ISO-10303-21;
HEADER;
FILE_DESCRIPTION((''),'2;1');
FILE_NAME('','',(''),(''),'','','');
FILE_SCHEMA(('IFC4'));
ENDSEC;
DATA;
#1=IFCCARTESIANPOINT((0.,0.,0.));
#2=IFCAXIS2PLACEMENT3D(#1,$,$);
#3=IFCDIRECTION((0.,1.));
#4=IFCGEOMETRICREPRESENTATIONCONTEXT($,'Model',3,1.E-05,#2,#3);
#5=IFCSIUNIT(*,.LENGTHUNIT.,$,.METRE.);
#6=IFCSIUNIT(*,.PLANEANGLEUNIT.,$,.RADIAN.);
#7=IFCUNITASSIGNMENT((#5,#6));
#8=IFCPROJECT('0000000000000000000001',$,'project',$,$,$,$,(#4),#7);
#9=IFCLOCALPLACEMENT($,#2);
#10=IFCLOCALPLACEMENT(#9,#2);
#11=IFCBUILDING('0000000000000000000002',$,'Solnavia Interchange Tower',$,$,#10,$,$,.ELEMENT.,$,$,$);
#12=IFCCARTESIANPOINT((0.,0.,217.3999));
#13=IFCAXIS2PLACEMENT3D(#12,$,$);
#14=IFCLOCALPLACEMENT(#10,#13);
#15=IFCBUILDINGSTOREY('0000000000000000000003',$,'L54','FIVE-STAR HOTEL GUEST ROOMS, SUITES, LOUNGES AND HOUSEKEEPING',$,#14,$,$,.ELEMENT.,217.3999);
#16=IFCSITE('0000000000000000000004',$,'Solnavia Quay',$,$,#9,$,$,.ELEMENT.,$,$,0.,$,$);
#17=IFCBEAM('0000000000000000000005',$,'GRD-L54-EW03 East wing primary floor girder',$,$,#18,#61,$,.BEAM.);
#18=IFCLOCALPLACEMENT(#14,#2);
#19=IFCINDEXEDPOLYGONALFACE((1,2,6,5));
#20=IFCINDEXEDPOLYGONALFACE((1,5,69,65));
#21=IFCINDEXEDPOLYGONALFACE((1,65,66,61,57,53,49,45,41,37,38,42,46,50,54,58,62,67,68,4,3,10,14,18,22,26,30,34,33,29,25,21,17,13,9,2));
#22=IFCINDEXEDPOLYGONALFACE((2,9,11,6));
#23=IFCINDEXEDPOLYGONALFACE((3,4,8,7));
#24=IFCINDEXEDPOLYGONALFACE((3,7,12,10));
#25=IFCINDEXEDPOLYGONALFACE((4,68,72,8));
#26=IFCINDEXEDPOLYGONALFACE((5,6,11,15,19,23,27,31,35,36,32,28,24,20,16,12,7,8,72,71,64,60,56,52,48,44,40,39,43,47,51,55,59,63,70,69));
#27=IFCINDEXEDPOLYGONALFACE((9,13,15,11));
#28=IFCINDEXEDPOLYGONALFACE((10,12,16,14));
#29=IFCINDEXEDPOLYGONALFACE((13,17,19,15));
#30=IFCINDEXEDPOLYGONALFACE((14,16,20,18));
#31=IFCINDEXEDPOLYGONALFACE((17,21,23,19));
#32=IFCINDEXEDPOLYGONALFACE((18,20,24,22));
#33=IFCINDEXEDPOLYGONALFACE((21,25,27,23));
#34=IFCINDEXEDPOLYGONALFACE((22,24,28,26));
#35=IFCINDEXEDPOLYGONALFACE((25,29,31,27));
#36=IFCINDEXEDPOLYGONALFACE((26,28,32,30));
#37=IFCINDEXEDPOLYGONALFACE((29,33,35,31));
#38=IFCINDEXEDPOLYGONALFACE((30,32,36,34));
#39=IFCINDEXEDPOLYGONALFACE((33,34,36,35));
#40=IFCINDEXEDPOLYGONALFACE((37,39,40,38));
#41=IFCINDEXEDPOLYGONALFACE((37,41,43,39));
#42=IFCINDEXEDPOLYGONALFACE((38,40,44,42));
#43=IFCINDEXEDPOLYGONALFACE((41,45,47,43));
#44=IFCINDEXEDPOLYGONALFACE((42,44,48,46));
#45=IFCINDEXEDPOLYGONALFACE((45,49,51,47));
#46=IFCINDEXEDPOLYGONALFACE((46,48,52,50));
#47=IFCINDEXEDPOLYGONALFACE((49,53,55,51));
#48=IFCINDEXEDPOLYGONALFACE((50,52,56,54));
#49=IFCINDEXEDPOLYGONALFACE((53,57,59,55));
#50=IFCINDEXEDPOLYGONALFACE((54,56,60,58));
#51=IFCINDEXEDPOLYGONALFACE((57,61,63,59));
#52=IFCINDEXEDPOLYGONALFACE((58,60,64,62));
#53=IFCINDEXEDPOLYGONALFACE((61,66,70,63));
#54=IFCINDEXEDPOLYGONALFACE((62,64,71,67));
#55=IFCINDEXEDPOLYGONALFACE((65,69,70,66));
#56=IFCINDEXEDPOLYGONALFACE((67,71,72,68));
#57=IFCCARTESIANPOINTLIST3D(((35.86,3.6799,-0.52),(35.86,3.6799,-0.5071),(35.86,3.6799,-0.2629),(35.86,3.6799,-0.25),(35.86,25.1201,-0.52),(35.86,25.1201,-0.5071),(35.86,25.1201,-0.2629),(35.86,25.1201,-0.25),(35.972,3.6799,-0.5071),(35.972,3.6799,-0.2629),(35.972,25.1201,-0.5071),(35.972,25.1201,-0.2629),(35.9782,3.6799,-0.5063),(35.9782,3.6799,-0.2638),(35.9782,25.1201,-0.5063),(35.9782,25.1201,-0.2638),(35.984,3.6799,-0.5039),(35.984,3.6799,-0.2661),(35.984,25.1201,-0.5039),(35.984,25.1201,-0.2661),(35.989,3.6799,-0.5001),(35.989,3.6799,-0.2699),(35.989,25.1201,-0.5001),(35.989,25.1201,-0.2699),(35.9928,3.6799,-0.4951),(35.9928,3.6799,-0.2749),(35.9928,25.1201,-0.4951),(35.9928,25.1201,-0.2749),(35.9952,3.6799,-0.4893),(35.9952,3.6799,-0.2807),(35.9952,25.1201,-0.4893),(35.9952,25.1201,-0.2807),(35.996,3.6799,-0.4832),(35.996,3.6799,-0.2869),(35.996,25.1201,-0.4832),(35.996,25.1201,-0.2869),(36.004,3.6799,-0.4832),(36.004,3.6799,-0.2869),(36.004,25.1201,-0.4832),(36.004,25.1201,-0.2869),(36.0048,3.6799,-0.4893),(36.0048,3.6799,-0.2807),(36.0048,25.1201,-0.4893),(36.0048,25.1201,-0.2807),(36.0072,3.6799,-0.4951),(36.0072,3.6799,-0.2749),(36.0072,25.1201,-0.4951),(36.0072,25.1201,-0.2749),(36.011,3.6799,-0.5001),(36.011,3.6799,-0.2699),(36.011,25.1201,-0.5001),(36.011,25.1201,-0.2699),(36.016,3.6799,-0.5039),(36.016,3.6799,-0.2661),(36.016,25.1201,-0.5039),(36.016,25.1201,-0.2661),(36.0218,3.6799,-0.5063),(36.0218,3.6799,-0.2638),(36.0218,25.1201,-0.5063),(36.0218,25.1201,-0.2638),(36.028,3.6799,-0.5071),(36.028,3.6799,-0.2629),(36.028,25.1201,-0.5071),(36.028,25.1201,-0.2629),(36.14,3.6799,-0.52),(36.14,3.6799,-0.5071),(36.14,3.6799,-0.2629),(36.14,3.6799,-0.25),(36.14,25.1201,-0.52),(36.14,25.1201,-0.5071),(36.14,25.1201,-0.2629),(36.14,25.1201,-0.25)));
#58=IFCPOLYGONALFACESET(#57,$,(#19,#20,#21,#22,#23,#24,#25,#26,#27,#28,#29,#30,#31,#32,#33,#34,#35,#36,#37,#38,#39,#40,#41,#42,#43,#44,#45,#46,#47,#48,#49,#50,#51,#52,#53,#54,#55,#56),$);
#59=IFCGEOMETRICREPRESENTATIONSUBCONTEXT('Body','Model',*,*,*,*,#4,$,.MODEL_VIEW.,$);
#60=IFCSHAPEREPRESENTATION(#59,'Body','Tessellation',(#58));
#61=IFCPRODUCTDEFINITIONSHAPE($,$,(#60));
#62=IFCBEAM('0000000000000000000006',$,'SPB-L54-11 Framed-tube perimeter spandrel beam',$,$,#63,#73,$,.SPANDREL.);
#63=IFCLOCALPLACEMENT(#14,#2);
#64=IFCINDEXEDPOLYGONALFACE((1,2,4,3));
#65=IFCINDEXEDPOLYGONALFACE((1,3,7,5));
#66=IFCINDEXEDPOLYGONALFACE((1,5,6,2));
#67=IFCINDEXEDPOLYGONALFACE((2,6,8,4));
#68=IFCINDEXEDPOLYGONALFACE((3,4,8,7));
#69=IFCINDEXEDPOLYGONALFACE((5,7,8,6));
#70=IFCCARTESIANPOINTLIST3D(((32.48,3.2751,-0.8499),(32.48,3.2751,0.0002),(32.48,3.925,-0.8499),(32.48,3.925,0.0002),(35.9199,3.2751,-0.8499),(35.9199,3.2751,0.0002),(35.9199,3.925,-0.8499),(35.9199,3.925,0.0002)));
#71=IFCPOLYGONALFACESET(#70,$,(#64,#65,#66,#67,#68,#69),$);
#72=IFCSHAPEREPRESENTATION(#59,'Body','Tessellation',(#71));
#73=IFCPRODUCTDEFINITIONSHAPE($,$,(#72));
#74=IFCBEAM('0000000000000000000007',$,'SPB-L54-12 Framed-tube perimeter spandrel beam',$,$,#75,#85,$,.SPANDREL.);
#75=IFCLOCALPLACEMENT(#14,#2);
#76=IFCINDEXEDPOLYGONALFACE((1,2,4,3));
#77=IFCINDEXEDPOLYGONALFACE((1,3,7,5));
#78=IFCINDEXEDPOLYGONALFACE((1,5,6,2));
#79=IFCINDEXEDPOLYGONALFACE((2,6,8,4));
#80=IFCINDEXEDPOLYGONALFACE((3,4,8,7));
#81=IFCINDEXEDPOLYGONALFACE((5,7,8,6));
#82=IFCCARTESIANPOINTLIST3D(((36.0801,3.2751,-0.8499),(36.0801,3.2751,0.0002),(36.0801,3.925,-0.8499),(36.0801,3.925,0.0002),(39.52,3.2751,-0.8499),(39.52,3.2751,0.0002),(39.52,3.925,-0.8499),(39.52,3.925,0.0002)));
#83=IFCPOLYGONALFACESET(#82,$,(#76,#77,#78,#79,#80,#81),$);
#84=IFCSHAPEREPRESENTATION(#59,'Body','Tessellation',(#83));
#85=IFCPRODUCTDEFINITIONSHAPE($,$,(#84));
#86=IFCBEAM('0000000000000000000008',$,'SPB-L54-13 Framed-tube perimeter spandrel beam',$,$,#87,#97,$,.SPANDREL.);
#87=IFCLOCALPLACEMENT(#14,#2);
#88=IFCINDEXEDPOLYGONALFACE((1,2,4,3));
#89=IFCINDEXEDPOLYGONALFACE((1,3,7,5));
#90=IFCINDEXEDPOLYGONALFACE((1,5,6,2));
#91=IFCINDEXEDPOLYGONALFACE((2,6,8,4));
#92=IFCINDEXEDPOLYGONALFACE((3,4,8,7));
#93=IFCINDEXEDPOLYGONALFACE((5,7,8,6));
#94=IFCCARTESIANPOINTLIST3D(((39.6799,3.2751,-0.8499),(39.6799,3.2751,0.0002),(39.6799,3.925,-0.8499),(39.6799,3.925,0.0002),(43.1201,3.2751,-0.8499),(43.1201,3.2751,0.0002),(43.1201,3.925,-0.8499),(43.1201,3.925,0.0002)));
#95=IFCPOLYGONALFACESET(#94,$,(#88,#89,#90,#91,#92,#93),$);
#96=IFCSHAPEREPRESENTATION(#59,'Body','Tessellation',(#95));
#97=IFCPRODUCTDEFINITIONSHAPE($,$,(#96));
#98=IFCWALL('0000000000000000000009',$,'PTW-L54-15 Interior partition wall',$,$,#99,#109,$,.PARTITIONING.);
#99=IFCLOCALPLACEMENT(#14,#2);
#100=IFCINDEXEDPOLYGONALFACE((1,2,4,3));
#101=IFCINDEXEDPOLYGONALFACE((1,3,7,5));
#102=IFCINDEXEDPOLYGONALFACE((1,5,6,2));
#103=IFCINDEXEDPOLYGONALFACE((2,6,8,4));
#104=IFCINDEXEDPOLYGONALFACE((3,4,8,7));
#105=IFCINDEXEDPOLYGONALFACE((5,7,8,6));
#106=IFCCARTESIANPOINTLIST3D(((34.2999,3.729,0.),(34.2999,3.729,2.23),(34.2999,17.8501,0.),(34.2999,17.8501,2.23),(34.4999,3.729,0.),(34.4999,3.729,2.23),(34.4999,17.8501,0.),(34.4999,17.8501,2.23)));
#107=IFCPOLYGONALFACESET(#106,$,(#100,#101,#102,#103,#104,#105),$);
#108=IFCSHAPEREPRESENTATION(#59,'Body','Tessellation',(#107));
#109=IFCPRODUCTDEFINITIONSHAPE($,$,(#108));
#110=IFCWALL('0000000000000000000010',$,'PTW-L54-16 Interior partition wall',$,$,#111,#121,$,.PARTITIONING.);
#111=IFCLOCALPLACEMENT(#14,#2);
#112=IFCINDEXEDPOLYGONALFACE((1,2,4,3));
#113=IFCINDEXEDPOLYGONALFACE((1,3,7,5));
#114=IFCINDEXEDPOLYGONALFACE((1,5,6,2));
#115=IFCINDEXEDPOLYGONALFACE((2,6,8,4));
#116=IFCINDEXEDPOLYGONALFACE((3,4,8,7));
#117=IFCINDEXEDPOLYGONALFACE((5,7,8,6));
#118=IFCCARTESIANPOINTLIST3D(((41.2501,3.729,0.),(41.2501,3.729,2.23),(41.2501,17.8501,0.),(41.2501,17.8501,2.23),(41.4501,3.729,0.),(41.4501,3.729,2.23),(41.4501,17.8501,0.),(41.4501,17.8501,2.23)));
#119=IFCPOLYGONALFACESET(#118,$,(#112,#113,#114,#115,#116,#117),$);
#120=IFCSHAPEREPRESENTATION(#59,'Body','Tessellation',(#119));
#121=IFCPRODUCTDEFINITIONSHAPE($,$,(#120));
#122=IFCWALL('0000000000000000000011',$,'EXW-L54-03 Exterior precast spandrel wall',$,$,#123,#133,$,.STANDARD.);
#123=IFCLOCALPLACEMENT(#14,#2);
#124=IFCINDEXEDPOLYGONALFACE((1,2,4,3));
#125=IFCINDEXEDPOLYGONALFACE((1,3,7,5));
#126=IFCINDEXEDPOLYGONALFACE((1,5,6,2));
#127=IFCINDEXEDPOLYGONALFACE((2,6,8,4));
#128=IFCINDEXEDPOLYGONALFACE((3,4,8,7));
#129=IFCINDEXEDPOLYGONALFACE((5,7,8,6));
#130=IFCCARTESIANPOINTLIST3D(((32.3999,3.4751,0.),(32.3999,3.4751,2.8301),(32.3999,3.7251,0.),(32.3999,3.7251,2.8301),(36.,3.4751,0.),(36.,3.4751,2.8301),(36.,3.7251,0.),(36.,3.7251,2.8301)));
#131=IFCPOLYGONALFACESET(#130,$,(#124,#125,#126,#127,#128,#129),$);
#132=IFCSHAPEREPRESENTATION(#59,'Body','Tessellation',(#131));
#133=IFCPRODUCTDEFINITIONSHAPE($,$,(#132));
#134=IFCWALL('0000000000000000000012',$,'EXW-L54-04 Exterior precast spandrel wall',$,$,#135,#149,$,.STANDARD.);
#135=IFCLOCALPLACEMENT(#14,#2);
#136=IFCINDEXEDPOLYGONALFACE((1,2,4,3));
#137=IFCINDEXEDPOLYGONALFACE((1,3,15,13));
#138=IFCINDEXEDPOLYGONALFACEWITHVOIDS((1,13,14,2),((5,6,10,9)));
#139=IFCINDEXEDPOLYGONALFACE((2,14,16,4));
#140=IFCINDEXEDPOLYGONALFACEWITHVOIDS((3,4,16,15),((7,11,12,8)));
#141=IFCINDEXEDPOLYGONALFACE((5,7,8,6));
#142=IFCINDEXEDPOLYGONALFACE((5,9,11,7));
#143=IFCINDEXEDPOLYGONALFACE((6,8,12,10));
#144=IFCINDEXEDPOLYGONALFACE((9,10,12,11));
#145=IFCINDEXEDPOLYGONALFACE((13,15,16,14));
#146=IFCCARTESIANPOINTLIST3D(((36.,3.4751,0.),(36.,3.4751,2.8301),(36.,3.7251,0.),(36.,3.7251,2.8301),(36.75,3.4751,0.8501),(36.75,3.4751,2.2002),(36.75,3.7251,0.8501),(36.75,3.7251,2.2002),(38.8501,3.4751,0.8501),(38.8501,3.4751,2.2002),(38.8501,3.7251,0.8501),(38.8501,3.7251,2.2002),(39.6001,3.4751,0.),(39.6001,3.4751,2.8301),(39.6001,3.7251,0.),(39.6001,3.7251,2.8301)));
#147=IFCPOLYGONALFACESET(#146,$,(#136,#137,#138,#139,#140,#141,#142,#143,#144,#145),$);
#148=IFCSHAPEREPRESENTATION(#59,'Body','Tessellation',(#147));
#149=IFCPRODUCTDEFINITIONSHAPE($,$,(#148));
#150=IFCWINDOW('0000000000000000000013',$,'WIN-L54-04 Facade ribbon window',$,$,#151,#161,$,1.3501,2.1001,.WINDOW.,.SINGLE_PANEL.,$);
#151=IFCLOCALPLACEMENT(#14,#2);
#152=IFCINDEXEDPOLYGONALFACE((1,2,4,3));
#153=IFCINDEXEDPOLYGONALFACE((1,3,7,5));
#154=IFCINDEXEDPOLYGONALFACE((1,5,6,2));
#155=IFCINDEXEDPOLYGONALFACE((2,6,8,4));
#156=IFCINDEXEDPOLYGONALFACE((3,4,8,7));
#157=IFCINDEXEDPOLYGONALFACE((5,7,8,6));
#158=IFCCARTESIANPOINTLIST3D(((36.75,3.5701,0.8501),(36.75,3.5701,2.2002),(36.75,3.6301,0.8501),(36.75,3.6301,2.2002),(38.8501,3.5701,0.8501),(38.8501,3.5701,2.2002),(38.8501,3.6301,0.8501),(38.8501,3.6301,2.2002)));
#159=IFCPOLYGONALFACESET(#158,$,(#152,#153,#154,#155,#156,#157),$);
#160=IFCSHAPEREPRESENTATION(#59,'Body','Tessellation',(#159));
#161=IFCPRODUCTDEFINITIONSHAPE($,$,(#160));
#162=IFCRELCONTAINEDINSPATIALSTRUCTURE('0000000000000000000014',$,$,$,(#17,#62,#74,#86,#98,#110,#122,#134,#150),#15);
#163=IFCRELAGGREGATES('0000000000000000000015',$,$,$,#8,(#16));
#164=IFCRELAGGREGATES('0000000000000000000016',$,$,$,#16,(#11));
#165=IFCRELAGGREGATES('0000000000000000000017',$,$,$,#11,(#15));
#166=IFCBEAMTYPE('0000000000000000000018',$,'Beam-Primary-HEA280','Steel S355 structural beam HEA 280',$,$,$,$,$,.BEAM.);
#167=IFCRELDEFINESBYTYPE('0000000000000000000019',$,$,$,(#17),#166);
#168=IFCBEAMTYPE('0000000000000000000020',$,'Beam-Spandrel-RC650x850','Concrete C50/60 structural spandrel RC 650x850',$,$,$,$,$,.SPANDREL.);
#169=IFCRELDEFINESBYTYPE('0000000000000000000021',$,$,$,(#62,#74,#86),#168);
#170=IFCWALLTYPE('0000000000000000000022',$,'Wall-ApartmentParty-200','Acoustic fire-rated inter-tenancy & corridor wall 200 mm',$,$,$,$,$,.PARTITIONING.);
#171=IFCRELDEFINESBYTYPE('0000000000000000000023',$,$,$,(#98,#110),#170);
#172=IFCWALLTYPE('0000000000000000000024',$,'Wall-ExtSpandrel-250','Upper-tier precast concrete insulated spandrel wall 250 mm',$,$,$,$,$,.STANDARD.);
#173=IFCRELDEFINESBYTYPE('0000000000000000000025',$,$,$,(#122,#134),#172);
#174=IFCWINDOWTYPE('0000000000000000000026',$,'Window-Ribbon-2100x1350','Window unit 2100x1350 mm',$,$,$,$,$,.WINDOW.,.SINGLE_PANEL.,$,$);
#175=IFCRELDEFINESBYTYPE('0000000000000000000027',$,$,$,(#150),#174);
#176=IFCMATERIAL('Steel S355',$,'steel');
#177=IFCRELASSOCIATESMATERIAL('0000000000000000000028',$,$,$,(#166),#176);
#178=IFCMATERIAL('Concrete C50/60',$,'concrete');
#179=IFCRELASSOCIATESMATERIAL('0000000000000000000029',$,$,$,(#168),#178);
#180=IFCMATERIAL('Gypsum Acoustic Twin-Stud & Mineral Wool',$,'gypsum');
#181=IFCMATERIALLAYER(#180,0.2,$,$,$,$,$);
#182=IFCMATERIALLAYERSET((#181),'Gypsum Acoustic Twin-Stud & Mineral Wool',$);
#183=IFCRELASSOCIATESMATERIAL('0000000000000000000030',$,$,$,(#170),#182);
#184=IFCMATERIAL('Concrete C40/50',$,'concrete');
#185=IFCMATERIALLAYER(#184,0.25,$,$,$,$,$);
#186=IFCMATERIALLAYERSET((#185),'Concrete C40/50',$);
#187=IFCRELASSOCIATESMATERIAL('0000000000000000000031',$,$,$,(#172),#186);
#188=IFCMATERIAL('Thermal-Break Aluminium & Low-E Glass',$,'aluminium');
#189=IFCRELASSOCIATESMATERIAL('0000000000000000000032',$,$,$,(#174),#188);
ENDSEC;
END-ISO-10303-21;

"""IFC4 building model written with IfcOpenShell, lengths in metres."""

from ifc_helpers import new_model, si_unit, direction, frame, frame_2d, origin, origin_2d, place, context, subcontext, project, spatial, rectangle, i_section, extrude, material, layer, layer_set, material_profile, profile_set, type_object, element, fill, save


model = new_model("IFC4")

# Units and contexts
model_context = context("Model", 3, precision=1e-05, world=origin(), true_north=direction((0.0, 1.0)))
body_context = subcontext(model_context, "Body", "Model", "MODEL_VIEW")
ifc_project = project(units=[si_unit("LENGTHUNIT", "METRE"), si_unit("PLANEANGLEUNIT", "RADIAN")], contexts=[model_context])

# Site, building, storey
site_placement = place(None, origin())
site = spatial("IfcSite", under=ifc_project, at=site_placement, Name="Solnavia Quay", CompositionType="ELEMENT", RefElevation=0.0)
building_placement = place(site_placement, origin())
building = spatial("IfcBuilding", under=site, at=building_placement, Name="Solnavia Interchange Tower", CompositionType="ELEMENT")
storey_placement = place(building_placement, frame((0.0, 0.0, 217.3999)))
storey = spatial("IfcBuildingStorey", under=building, at=storey_placement, Name="L54", Description="FIVE-STAR HOTEL GUEST ROOMS, SUITES, LOUNGES AND HOUSEKEEPING", CompositionType="ELEMENT", Elevation=217.3999)

# Shared definitions
ifc_material_1 = material(Name="Concrete C50/60", Category="concrete")

# Beams
ifc_material_2 = material(Name="Steel S355", Category="steel")
ifc_material_profile_1 = material_profile(ifc_material_2, i_section(OverallWidth=0.28, OverallDepth=0.27, WebThickness=0.0081, FlangeThickness=0.0129, FilletRadius=0.0239, at=origin_2d()), Name="HEA 280")
ifc_profile_set_1 = profile_set([ifc_material_profile_1], Name="Steel S355")
beam_type_1 = type_object("IfcBeamType", Name="Beam-Primary-HEA280", Description="Steel S355 structural beam HEA 280", PredefinedType="BEAM", material=ifc_profile_set_1)
beam_1_placement = place(storey_placement, frame((36.0, 3.6799, -0.385), z_axis=(0.0, 1.0, 0.0), x_axis=(-1.0, 0.0, 0.0)))
element("IfcBeam", 1, at=beam_1_placement, inside=storey, type_object=beam_type_1, Name="GRD-L54-EW03 East wing primary floor girder", PredefinedType="BEAM", context=body_context, shape_type="SweptSolid", body=[
    extrude(i_section(OverallWidth=0.28, OverallDepth=0.27, WebThickness=0.0081, FlangeThickness=0.0129, FilletRadius=0.0239, at=origin_2d()), origin(), (0.0, 0.0, 1.0), 21.4402),
])
ifc_material_profile_2 = material_profile(ifc_material_1, rectangle(XDim=0.6499, YDim=0.8501, at=origin_2d()), Name="RC 650x850")
ifc_profile_set_2 = profile_set([ifc_material_profile_2], Name="Concrete C50/60")
beam_type_2 = type_object("IfcBeamType", Name="Beam-Spandrel-RC650x850", Description="Concrete C50/60 structural spandrel RC 650x850", PredefinedType="SPANDREL", material=ifc_profile_set_2)
for number, where, z_axis, x_axis, name in (
    (2, (32.48, 3.6001, -0.4248), (1.0, 0.0, 0.0), (0.0, 1.0, 0.0), "SPB-L54-11 Framed-tube perimeter spandrel beam"),
    (3, (36.0801, 3.6001, -0.4248), (1.0, 0.0, 0.0), (0.0, 1.0, 0.0), "SPB-L54-12 Framed-tube perimeter spandrel beam"),
):
    element("IfcBeam", number, at=place(storey_placement, frame(where, z_axis=z_axis, x_axis=x_axis)), inside=storey, type_object=beam_type_2, Name=name, PredefinedType="SPANDREL", context=body_context, shape_type="SweptSolid", body=[
        extrude(rectangle(XDim=0.6499, YDim=0.8501, at=origin_2d()), origin(), (0.0, 0.0, 1.0), 3.4399),
    ])
beam_2_placement = place(storey_placement, frame((39.6799, 3.6001, -0.4248), z_axis=(1.0, 0.0, 0.0), x_axis=(0.0, 1.0, 0.0)))
element("IfcBeam", 4, at=beam_2_placement, inside=storey, type_object=beam_type_2, Name="SPB-L54-13 Framed-tube perimeter spandrel beam", PredefinedType="SPANDREL", context=body_context, shape_type="SweptSolid", body=[
    extrude(rectangle(XDim=0.6499, YDim=0.8501, at=origin_2d()), origin(), (0.0, 0.0, 1.0), 3.4402),
])

# Walls
ifc_material_3 = material(Name="Gypsum Acoustic Twin-Stud & Mineral Wool", Category="gypsum")
ifc_layer_1 = layer(ifc_material_3, 0.2)
ifc_layer_set_1 = layer_set([ifc_layer_1], Name="Gypsum Acoustic Twin-Stud & Mineral Wool")
wall_type_1 = type_object("IfcWallType", Name="Wall-ApartmentParty-200", Description="Acoustic fire-rated inter-tenancy & corridor wall 200 mm", PredefinedType="PARTITIONING", material=ifc_layer_set_1)
for number, where, z_axis, x_axis, name in (
    (5, (34.3999, 3.729, 0.0), (0.0, 0.0, 1.0), (0.0, 1.0, 0.0), "PTW-L54-15 Interior partition wall"),
    (6, (41.3501, 3.729, 0.0), (0.0, 0.0, 1.0), (0.0, 1.0, 0.0), "PTW-L54-16 Interior partition wall"),
):
    element("IfcWall", number, at=place(storey_placement, frame(where, z_axis=z_axis, x_axis=x_axis)), inside=storey, type_object=wall_type_1, Name=name, PredefinedType="PARTITIONING", context=body_context, shape_type="SweptSolid", body=[
        extrude(rectangle(XDim=14.1211, YDim=0.2, at=frame_2d((7.0605, 0.0))), origin(), (0.0, 0.0, 1.0), 2.23),
    ])
ifc_material_4 = material(Name="Concrete C40/50", Category="concrete")
ifc_layer_2 = layer(ifc_material_4, 0.25)
ifc_layer_set_2 = layer_set([ifc_layer_2], Name="Concrete C40/50")
wall_type_2 = type_object("IfcWallType", Name="Wall-ExtSpandrel-250", Description="Upper-tier precast concrete insulated spandrel wall 250 mm", PredefinedType="STANDARD", material=ifc_layer_set_2)
wall_1_placement = place(storey_placement, frame((36.0, 3.6001, 0.0), z_axis=(0.0, 0.0, 1.0), x_axis=(-1.0, 0.0, 0.0)))
element("IfcWall", 7, at=wall_1_placement, inside=storey, type_object=wall_type_2, Name="EXW-L54-03 Exterior precast spandrel wall", PredefinedType="STANDARD", context=body_context, shape_type="SweptSolid", body=[
    extrude(rectangle(XDim=3.6001, YDim=0.25, at=frame_2d((1.8, 0.0))), origin(), (0.0, 0.0, 1.0), 2.8301),
])

# Wall, opening, window
wall_2_placement = place(storey_placement, frame((39.6001, 3.6001, 0.0), z_axis=(0.0, 0.0, 1.0), x_axis=(-1.0, 0.0, 0.0)))
wall_2 = element("IfcWall", 8, at=wall_2_placement, inside=storey, type_object=wall_type_2, Name="EXW-L54-04 Exterior precast spandrel wall", PredefinedType="STANDARD", context=body_context, shape_type="SweptSolid", body=[
    extrude(rectangle(XDim=3.6001, YDim=0.25, at=frame_2d((1.8, 0.0))), origin(), (0.0, 0.0, 1.0), 2.8301),
])
opening_1_placement = place(wall_2_placement, frame((0.75, 0.0, 0.8501)))
opening_1 = element("IfcOpeningElement", 9, at=opening_1_placement, cuts=wall_2, PredefinedType="OPENING", context=body_context, shape_type="SweptSolid", body=[
    extrude(rectangle(XDim=2.1001, YDim=1.3501, at=frame_2d((1.05, 0.675))), frame((0.0, 0.135, 0.0), z_axis=(0.0, -1.0, 0.0), x_axis=(1.0, 0.0, 0.0)), (0.0, 0.0, 1.0), 0.27),
])
ifc_material_5 = material(Name="Thermal-Break Aluminium & Low-E Glass", Category="aluminium")
window_type = type_object("IfcWindowType", Name="Window-Ribbon-2100x1350", Description="Window unit 2100x1350 mm", PartitioningType="SINGLE_PANEL", PredefinedType="WINDOW", material=ifc_material_5)
window_placement = place(opening_1_placement, origin())
window = element("IfcWindow", 10, at=window_placement, inside=storey, type_object=window_type, Name="WIN-L54-04 Facade ribbon window", OverallHeight=1.3501, OverallWidth=2.1001, PartitioningType="SINGLE_PANEL", PredefinedType="WINDOW", context=body_context, shape_type="SweptSolid", body=[
    extrude(rectangle(XDim=2.1001, YDim=1.3501, at=frame_2d((1.05, 0.675))), frame((0.0, 0.03, 0.0), z_axis=(0.0, -1.0, 0.0), x_axis=(1.0, 0.0, 0.0)), (0.0, 0.0, 1.0), 0.0601),
])
fill(opening_1, window)

save(model, "model.ifc")
